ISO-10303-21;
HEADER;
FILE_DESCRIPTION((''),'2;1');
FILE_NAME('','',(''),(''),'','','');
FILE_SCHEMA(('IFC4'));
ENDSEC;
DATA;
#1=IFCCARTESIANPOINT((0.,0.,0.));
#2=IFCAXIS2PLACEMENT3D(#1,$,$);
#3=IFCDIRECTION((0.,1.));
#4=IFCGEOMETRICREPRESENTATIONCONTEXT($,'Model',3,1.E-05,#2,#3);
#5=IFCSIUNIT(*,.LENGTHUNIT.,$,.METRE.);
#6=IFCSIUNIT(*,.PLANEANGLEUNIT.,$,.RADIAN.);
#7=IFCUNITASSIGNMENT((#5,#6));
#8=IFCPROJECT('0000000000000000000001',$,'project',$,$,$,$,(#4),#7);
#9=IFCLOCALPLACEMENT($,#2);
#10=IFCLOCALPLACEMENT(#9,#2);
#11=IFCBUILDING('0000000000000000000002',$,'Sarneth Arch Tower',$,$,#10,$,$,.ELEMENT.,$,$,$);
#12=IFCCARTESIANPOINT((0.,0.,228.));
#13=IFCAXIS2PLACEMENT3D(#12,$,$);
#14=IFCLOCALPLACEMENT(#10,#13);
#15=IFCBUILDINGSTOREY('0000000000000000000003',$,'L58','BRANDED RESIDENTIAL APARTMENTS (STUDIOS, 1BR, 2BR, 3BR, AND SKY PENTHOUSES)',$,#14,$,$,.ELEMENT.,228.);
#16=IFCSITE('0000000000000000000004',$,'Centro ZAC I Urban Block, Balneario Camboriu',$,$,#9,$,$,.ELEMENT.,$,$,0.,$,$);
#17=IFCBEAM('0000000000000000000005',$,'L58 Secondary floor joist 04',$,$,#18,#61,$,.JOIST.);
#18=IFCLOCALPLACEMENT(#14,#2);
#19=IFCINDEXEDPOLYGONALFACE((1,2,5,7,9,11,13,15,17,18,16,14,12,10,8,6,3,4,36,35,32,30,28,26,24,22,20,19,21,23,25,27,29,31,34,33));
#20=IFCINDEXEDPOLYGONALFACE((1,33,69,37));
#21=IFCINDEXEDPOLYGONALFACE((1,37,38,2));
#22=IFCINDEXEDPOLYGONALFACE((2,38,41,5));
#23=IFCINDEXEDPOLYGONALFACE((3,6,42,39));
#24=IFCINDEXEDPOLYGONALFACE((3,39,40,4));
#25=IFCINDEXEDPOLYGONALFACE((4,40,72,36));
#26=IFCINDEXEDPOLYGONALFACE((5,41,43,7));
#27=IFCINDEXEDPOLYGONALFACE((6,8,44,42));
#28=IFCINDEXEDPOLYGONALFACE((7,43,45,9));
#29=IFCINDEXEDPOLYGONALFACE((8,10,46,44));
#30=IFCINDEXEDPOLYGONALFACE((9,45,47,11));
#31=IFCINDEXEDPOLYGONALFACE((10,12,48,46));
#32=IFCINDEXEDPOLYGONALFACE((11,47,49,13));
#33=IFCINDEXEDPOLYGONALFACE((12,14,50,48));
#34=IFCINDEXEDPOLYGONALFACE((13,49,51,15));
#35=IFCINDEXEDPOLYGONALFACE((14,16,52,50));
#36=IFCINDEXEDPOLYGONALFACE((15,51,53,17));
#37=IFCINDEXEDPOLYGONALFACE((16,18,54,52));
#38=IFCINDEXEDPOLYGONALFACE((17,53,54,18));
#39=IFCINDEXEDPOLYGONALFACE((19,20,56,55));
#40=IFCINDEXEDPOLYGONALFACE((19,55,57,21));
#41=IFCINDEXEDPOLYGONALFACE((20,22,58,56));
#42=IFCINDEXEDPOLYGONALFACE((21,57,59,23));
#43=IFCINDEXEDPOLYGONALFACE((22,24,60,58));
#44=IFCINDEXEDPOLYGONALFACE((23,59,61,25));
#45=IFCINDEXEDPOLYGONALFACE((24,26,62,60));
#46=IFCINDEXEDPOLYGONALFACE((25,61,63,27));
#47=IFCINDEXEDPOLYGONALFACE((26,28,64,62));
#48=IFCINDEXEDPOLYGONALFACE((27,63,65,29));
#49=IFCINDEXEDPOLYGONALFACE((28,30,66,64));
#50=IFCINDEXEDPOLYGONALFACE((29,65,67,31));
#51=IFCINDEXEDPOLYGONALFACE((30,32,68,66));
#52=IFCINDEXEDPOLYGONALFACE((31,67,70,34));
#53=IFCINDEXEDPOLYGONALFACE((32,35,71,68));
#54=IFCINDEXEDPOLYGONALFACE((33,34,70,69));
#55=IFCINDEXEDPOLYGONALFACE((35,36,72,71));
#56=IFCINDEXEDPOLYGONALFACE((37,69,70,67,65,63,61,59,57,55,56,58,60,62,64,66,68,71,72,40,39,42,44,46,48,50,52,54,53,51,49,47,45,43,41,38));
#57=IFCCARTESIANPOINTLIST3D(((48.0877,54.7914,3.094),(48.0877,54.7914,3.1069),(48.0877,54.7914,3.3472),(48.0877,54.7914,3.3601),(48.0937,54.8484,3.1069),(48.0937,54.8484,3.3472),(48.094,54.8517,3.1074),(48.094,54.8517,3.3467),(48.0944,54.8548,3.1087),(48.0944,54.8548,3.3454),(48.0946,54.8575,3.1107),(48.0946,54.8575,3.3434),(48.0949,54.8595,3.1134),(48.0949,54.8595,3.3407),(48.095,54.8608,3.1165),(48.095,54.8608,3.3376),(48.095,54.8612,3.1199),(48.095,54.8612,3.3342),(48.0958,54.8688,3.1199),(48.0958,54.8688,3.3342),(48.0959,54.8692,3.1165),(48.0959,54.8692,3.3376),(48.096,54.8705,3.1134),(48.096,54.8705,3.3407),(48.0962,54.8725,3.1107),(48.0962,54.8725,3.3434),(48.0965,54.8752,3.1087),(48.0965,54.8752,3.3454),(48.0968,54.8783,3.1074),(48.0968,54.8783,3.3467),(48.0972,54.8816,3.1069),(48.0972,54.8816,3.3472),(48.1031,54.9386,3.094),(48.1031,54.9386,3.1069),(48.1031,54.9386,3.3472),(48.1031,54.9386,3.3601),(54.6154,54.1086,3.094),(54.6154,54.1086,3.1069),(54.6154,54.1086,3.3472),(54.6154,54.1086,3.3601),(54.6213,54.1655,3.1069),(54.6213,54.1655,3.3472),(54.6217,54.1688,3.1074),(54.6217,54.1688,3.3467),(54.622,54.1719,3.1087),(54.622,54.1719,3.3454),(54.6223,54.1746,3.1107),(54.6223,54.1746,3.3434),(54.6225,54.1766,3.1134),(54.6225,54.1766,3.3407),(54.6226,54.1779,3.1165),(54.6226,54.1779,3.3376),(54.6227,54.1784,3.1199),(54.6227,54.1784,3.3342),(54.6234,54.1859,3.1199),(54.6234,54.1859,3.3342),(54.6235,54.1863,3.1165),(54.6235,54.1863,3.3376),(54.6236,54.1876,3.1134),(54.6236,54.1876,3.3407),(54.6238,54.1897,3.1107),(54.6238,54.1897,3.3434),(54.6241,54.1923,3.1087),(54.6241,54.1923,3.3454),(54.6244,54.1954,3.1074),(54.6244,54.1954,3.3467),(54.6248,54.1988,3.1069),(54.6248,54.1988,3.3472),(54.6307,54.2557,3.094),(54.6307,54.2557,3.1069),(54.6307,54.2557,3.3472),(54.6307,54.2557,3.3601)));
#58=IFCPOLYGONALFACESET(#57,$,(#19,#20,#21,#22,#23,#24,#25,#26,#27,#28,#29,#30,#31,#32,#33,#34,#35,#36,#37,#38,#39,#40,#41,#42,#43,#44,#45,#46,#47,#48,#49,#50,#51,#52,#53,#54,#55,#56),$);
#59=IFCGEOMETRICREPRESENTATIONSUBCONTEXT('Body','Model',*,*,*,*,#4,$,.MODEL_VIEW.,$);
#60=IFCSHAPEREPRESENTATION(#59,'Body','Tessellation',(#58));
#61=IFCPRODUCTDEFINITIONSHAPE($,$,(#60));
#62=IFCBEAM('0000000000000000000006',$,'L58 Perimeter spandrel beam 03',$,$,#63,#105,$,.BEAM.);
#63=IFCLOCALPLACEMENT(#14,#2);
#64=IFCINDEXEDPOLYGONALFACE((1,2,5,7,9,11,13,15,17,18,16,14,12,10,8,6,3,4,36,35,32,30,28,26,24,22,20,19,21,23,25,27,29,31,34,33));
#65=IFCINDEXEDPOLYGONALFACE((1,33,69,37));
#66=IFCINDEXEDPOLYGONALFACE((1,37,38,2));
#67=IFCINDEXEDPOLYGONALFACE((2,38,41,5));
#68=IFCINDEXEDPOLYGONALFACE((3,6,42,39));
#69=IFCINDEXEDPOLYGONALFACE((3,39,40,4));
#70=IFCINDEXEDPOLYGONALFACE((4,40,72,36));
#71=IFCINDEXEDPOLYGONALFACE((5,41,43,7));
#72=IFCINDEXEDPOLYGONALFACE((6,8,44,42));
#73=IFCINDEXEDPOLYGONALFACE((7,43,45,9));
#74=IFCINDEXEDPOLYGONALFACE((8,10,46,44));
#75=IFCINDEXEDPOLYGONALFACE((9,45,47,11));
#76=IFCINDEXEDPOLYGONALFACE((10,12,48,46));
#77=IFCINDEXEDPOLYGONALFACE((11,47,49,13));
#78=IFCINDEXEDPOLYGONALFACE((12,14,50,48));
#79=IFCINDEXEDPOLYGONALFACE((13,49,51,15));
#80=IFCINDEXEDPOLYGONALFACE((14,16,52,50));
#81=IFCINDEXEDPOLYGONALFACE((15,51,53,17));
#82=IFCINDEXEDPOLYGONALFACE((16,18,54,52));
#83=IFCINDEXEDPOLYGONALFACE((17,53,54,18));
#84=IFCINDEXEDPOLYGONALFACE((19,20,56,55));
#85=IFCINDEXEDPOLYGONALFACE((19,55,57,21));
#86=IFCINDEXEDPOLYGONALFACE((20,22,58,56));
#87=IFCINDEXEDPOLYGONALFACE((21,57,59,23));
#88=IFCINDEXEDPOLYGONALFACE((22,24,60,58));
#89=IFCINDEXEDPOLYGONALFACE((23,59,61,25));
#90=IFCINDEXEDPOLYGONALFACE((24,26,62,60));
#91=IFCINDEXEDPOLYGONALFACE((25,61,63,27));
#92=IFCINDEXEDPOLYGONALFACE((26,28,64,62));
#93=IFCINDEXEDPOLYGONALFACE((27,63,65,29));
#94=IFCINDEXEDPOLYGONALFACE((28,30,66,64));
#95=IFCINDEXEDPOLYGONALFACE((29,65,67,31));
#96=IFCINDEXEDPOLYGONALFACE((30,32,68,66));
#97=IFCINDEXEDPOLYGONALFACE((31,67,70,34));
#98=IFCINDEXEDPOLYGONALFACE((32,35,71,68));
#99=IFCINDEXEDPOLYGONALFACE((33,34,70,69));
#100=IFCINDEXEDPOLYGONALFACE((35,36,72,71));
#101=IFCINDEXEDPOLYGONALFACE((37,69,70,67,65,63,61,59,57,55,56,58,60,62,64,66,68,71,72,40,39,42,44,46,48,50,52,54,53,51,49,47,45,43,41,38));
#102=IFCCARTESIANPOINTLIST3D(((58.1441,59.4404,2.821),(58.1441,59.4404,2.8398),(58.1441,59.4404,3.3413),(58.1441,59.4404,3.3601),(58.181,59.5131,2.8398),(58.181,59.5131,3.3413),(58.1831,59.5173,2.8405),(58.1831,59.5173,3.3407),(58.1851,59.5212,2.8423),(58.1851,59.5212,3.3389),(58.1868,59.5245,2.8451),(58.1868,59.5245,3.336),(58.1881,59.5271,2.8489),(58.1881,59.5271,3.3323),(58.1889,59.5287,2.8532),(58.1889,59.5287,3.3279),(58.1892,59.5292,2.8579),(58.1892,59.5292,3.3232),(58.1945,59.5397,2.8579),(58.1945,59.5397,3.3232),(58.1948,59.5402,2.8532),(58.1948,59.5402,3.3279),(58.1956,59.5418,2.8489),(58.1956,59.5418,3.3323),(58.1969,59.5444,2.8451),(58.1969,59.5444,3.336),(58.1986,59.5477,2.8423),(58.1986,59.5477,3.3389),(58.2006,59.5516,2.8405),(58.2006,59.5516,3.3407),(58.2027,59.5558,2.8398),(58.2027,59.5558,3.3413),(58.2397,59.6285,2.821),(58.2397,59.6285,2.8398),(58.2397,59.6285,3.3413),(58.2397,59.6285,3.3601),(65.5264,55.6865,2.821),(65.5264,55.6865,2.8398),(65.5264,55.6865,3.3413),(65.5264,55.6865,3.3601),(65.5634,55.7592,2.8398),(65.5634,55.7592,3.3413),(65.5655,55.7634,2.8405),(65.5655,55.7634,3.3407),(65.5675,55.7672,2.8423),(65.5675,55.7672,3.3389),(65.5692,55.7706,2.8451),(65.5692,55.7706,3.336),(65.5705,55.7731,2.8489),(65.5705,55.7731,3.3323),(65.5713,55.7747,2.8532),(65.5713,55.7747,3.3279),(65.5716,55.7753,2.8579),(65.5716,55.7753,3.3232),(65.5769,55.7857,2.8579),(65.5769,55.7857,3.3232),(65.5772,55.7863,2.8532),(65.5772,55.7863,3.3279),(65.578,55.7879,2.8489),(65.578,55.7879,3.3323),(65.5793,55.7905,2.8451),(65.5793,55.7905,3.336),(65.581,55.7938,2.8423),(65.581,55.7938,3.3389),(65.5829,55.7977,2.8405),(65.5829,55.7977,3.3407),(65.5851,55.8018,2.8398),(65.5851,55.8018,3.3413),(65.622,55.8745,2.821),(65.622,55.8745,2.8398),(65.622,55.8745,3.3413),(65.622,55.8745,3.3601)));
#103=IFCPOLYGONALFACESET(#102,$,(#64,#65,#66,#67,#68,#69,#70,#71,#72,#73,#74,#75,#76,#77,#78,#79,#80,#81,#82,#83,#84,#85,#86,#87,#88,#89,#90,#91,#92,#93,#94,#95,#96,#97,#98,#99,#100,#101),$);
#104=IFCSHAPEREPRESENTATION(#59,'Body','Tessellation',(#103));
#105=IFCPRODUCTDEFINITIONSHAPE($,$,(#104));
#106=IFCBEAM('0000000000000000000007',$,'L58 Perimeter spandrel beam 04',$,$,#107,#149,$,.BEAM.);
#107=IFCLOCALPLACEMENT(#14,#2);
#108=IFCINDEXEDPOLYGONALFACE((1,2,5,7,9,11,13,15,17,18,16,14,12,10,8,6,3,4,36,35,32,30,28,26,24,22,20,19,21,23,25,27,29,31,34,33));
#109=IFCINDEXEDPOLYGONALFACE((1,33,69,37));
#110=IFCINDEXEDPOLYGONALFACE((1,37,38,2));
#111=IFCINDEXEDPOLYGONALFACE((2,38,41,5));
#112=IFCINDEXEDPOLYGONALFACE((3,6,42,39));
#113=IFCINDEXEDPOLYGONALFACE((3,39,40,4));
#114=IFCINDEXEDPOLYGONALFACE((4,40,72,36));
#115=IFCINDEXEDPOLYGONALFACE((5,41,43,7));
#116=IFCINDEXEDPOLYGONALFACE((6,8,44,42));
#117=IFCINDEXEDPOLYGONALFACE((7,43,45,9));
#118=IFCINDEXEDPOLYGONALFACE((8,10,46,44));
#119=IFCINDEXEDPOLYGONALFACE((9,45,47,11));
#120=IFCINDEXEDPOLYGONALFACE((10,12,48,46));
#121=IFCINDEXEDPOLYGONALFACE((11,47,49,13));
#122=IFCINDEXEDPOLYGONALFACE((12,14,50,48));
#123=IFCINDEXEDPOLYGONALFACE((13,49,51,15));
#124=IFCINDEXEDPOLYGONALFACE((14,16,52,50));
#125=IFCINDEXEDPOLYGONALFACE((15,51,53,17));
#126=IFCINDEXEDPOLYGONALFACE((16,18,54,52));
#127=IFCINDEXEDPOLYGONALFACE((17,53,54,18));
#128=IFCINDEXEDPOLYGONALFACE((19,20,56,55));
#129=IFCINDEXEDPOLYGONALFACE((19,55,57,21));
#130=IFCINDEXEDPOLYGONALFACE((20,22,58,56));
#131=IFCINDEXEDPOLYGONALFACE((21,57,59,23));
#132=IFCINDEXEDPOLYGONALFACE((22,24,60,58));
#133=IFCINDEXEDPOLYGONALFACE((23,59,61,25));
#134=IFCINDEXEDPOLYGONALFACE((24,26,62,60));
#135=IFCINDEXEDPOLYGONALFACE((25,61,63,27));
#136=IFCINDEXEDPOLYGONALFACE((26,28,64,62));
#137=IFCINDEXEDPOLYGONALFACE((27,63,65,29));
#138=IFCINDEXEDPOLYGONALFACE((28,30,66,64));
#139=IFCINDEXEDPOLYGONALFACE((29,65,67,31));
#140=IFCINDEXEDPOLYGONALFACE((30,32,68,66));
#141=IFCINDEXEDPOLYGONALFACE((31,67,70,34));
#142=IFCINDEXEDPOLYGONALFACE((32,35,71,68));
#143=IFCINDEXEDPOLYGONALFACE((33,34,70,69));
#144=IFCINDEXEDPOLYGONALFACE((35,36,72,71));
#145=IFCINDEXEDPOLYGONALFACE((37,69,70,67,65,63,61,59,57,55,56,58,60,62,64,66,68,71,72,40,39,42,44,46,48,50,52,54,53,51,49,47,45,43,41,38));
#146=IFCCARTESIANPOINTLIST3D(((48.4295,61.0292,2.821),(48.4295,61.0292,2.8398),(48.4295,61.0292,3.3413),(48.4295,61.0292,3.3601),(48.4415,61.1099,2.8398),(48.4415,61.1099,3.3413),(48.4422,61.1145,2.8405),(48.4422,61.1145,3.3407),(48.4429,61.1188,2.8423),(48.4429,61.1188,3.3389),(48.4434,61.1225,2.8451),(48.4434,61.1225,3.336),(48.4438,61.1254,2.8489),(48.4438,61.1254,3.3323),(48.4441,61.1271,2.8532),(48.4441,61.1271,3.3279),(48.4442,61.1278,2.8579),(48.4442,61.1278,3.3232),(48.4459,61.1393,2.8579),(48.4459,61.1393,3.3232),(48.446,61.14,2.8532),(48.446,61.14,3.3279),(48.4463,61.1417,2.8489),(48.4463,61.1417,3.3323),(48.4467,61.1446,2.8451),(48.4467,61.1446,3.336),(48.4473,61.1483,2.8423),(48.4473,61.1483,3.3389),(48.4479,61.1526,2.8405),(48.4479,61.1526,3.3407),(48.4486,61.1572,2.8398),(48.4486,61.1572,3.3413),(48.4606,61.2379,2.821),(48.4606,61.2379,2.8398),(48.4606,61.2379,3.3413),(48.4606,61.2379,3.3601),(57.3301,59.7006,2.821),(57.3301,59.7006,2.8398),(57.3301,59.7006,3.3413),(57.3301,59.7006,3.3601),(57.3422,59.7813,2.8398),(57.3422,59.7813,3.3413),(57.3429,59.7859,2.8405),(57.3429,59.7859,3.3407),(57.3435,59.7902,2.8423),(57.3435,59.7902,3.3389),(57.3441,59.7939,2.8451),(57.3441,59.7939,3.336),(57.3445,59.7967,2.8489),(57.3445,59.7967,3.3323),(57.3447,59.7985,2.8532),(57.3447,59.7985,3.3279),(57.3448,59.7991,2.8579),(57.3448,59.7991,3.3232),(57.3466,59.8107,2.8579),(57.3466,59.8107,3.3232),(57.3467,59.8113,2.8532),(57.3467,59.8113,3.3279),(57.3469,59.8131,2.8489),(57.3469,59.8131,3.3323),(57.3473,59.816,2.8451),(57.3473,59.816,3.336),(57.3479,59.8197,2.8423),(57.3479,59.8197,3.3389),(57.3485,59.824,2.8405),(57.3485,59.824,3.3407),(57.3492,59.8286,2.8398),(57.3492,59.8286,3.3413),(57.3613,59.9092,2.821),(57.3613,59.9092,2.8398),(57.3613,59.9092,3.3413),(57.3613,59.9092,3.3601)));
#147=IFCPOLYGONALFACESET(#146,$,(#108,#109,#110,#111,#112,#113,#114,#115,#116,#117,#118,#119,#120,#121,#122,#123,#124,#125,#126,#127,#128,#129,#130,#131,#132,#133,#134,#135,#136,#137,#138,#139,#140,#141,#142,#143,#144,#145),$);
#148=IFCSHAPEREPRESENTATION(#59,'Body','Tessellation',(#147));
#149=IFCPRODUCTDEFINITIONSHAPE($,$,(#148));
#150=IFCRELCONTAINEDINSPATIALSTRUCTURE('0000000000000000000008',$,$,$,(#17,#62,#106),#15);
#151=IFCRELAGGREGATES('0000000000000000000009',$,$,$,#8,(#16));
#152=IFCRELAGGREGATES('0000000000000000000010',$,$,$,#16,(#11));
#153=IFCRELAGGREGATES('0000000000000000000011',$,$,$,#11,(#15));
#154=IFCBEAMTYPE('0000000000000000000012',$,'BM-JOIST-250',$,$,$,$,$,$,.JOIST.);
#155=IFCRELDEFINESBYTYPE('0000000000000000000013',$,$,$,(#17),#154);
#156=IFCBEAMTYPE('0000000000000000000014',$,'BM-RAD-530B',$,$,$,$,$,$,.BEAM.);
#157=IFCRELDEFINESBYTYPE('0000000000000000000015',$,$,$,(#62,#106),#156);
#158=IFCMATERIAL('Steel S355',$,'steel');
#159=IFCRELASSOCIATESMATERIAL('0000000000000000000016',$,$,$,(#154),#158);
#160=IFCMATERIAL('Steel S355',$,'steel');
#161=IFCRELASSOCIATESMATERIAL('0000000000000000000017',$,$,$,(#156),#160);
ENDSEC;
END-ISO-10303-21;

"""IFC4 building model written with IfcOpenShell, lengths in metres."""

from ifc_helpers import new_model, si_unit, direction, frame, origin, origin_2d, place, context, subcontext, project, spatial, i_section, extrude, material, material_profile, profile_set, type_object, element, save


model = new_model("IFC4")

# Units and contexts
model_context = context("Model", 3, precision=1e-05, world=origin(), true_north=direction((0.0, 1.0)))
body_context = subcontext(model_context, "Body", "Model", "MODEL_VIEW")
ifc_project = project(units=[si_unit("LENGTHUNIT", "METRE"), si_unit("PLANEANGLEUNIT", "RADIAN")], contexts=[model_context])

# Site, building, storey
site_placement = place(None, origin())
site = spatial("IfcSite", under=ifc_project, at=site_placement, Name="Centro ZAC I Urban Block, Balneario Camboriu", CompositionType="ELEMENT", RefElevation=0.0)
building_placement = place(site_placement, origin())
building = spatial("IfcBuilding", under=site, at=building_placement, Name="Sarneth Arch Tower", CompositionType="ELEMENT")
storey_placement = place(building_placement, frame((0.0, 0.0, 228.0)))
storey = spatial("IfcBuildingStorey", under=building, at=storey_placement, Name="L58", Description="BRANDED RESIDENTIAL APARTMENTS (STUDIOS, 1BR, 2BR, 3BR, AND SKY PENTHOUSES)", CompositionType="ELEMENT", Elevation=228.0)

# Beams
ifc_material_1 = material(Name="Steel S355", Category="steel")
ifc_material_profile_1 = material_profile(ifc_material_1, i_section(OverallWidth=0.1479, OverallDepth=0.2661, WebThickness=0.0076, FlangeThickness=0.0129, FilletRadius=0.0129, at=origin_2d()), Name="W250x44.8")
ifc_profile_set_1 = profile_set([ifc_material_profile_1], Name="Steel S355")
beam_type_1 = type_object("IfcBeamType", Name="BM-JOIST-250", PredefinedType="JOIST", material=ifc_profile_set_1)
beam_1_placement = place(storey_placement, frame((54.623, 54.1821, 3.2271), z_axis=(-0.994573, 0.104044, 0.0), x_axis=(-0.104044, -0.994573, 0.0)))
element("IfcBeam", 1, at=beam_1_placement, inside=storey, type_object=beam_type_1, Name="L58 Secondary floor joist 04", PredefinedType="JOIST", context=body_context, shape_type="SweptSolid", body=[
    extrude(i_section(OverallWidth=0.1479, OverallDepth=0.2661, WebThickness=0.0076, FlangeThickness=0.0129, FilletRadius=0.0129, at=origin_2d()), origin(), (0.0, 0.0, 1.0), 6.5632),
])
ifc_material_2 = material(Name="Steel S355", Category="steel")
ifc_material_profile_2 = material_profile(ifc_material_2, i_section(OverallWidth=0.2109, OverallDepth=0.5391, WebThickness=0.0117, FlangeThickness=0.0188, FilletRadius=0.0181, at=origin_2d()), Name="W530x109")
ifc_profile_set_2 = profile_set([ifc_material_profile_2], Name="Steel S355")
beam_type_2 = type_object("IfcBeamType", Name="BM-RAD-530B", PredefinedType="BEAM", material=ifc_profile_set_2)
beam_2_placement = place(storey_placement, frame((65.5742, 55.7805, 3.0906), z_axis=(-0.891376, 0.453264, 0.0), x_axis=(-0.453264, -0.891376, 0.0)))
element("IfcBeam", 2, at=beam_2_placement, inside=storey, type_object=beam_type_2, Name="L58 Perimeter spandrel beam 03", PredefinedType="BEAM", context=body_context, shape_type="SweptSolid", body=[
    extrude(i_section(OverallWidth=0.2109, OverallDepth=0.5391, WebThickness=0.0117, FlangeThickness=0.0188, FilletRadius=0.0181, at=origin_2d()), origin(), (0.0, 0.0, 1.0), 8.282),
])
beam_3_placement = place(storey_placement, frame((57.3457, 59.8049, 3.0906), z_axis=(-0.989042, 0.147636, 0.0), x_axis=(-0.147636, -0.989042, 0.0)))
element("IfcBeam", 3, at=beam_3_placement, inside=storey, type_object=beam_type_2, Name="L58 Perimeter spandrel beam 04", PredefinedType="BEAM", context=body_context, shape_type="SweptSolid", body=[
    extrude(i_section(OverallWidth=0.2109, OverallDepth=0.5391, WebThickness=0.0117, FlangeThickness=0.0188, FilletRadius=0.0181, at=origin_2d()), origin(), (0.0, 0.0, 1.0), 8.9993),
])

save(model, "model.ifc")
